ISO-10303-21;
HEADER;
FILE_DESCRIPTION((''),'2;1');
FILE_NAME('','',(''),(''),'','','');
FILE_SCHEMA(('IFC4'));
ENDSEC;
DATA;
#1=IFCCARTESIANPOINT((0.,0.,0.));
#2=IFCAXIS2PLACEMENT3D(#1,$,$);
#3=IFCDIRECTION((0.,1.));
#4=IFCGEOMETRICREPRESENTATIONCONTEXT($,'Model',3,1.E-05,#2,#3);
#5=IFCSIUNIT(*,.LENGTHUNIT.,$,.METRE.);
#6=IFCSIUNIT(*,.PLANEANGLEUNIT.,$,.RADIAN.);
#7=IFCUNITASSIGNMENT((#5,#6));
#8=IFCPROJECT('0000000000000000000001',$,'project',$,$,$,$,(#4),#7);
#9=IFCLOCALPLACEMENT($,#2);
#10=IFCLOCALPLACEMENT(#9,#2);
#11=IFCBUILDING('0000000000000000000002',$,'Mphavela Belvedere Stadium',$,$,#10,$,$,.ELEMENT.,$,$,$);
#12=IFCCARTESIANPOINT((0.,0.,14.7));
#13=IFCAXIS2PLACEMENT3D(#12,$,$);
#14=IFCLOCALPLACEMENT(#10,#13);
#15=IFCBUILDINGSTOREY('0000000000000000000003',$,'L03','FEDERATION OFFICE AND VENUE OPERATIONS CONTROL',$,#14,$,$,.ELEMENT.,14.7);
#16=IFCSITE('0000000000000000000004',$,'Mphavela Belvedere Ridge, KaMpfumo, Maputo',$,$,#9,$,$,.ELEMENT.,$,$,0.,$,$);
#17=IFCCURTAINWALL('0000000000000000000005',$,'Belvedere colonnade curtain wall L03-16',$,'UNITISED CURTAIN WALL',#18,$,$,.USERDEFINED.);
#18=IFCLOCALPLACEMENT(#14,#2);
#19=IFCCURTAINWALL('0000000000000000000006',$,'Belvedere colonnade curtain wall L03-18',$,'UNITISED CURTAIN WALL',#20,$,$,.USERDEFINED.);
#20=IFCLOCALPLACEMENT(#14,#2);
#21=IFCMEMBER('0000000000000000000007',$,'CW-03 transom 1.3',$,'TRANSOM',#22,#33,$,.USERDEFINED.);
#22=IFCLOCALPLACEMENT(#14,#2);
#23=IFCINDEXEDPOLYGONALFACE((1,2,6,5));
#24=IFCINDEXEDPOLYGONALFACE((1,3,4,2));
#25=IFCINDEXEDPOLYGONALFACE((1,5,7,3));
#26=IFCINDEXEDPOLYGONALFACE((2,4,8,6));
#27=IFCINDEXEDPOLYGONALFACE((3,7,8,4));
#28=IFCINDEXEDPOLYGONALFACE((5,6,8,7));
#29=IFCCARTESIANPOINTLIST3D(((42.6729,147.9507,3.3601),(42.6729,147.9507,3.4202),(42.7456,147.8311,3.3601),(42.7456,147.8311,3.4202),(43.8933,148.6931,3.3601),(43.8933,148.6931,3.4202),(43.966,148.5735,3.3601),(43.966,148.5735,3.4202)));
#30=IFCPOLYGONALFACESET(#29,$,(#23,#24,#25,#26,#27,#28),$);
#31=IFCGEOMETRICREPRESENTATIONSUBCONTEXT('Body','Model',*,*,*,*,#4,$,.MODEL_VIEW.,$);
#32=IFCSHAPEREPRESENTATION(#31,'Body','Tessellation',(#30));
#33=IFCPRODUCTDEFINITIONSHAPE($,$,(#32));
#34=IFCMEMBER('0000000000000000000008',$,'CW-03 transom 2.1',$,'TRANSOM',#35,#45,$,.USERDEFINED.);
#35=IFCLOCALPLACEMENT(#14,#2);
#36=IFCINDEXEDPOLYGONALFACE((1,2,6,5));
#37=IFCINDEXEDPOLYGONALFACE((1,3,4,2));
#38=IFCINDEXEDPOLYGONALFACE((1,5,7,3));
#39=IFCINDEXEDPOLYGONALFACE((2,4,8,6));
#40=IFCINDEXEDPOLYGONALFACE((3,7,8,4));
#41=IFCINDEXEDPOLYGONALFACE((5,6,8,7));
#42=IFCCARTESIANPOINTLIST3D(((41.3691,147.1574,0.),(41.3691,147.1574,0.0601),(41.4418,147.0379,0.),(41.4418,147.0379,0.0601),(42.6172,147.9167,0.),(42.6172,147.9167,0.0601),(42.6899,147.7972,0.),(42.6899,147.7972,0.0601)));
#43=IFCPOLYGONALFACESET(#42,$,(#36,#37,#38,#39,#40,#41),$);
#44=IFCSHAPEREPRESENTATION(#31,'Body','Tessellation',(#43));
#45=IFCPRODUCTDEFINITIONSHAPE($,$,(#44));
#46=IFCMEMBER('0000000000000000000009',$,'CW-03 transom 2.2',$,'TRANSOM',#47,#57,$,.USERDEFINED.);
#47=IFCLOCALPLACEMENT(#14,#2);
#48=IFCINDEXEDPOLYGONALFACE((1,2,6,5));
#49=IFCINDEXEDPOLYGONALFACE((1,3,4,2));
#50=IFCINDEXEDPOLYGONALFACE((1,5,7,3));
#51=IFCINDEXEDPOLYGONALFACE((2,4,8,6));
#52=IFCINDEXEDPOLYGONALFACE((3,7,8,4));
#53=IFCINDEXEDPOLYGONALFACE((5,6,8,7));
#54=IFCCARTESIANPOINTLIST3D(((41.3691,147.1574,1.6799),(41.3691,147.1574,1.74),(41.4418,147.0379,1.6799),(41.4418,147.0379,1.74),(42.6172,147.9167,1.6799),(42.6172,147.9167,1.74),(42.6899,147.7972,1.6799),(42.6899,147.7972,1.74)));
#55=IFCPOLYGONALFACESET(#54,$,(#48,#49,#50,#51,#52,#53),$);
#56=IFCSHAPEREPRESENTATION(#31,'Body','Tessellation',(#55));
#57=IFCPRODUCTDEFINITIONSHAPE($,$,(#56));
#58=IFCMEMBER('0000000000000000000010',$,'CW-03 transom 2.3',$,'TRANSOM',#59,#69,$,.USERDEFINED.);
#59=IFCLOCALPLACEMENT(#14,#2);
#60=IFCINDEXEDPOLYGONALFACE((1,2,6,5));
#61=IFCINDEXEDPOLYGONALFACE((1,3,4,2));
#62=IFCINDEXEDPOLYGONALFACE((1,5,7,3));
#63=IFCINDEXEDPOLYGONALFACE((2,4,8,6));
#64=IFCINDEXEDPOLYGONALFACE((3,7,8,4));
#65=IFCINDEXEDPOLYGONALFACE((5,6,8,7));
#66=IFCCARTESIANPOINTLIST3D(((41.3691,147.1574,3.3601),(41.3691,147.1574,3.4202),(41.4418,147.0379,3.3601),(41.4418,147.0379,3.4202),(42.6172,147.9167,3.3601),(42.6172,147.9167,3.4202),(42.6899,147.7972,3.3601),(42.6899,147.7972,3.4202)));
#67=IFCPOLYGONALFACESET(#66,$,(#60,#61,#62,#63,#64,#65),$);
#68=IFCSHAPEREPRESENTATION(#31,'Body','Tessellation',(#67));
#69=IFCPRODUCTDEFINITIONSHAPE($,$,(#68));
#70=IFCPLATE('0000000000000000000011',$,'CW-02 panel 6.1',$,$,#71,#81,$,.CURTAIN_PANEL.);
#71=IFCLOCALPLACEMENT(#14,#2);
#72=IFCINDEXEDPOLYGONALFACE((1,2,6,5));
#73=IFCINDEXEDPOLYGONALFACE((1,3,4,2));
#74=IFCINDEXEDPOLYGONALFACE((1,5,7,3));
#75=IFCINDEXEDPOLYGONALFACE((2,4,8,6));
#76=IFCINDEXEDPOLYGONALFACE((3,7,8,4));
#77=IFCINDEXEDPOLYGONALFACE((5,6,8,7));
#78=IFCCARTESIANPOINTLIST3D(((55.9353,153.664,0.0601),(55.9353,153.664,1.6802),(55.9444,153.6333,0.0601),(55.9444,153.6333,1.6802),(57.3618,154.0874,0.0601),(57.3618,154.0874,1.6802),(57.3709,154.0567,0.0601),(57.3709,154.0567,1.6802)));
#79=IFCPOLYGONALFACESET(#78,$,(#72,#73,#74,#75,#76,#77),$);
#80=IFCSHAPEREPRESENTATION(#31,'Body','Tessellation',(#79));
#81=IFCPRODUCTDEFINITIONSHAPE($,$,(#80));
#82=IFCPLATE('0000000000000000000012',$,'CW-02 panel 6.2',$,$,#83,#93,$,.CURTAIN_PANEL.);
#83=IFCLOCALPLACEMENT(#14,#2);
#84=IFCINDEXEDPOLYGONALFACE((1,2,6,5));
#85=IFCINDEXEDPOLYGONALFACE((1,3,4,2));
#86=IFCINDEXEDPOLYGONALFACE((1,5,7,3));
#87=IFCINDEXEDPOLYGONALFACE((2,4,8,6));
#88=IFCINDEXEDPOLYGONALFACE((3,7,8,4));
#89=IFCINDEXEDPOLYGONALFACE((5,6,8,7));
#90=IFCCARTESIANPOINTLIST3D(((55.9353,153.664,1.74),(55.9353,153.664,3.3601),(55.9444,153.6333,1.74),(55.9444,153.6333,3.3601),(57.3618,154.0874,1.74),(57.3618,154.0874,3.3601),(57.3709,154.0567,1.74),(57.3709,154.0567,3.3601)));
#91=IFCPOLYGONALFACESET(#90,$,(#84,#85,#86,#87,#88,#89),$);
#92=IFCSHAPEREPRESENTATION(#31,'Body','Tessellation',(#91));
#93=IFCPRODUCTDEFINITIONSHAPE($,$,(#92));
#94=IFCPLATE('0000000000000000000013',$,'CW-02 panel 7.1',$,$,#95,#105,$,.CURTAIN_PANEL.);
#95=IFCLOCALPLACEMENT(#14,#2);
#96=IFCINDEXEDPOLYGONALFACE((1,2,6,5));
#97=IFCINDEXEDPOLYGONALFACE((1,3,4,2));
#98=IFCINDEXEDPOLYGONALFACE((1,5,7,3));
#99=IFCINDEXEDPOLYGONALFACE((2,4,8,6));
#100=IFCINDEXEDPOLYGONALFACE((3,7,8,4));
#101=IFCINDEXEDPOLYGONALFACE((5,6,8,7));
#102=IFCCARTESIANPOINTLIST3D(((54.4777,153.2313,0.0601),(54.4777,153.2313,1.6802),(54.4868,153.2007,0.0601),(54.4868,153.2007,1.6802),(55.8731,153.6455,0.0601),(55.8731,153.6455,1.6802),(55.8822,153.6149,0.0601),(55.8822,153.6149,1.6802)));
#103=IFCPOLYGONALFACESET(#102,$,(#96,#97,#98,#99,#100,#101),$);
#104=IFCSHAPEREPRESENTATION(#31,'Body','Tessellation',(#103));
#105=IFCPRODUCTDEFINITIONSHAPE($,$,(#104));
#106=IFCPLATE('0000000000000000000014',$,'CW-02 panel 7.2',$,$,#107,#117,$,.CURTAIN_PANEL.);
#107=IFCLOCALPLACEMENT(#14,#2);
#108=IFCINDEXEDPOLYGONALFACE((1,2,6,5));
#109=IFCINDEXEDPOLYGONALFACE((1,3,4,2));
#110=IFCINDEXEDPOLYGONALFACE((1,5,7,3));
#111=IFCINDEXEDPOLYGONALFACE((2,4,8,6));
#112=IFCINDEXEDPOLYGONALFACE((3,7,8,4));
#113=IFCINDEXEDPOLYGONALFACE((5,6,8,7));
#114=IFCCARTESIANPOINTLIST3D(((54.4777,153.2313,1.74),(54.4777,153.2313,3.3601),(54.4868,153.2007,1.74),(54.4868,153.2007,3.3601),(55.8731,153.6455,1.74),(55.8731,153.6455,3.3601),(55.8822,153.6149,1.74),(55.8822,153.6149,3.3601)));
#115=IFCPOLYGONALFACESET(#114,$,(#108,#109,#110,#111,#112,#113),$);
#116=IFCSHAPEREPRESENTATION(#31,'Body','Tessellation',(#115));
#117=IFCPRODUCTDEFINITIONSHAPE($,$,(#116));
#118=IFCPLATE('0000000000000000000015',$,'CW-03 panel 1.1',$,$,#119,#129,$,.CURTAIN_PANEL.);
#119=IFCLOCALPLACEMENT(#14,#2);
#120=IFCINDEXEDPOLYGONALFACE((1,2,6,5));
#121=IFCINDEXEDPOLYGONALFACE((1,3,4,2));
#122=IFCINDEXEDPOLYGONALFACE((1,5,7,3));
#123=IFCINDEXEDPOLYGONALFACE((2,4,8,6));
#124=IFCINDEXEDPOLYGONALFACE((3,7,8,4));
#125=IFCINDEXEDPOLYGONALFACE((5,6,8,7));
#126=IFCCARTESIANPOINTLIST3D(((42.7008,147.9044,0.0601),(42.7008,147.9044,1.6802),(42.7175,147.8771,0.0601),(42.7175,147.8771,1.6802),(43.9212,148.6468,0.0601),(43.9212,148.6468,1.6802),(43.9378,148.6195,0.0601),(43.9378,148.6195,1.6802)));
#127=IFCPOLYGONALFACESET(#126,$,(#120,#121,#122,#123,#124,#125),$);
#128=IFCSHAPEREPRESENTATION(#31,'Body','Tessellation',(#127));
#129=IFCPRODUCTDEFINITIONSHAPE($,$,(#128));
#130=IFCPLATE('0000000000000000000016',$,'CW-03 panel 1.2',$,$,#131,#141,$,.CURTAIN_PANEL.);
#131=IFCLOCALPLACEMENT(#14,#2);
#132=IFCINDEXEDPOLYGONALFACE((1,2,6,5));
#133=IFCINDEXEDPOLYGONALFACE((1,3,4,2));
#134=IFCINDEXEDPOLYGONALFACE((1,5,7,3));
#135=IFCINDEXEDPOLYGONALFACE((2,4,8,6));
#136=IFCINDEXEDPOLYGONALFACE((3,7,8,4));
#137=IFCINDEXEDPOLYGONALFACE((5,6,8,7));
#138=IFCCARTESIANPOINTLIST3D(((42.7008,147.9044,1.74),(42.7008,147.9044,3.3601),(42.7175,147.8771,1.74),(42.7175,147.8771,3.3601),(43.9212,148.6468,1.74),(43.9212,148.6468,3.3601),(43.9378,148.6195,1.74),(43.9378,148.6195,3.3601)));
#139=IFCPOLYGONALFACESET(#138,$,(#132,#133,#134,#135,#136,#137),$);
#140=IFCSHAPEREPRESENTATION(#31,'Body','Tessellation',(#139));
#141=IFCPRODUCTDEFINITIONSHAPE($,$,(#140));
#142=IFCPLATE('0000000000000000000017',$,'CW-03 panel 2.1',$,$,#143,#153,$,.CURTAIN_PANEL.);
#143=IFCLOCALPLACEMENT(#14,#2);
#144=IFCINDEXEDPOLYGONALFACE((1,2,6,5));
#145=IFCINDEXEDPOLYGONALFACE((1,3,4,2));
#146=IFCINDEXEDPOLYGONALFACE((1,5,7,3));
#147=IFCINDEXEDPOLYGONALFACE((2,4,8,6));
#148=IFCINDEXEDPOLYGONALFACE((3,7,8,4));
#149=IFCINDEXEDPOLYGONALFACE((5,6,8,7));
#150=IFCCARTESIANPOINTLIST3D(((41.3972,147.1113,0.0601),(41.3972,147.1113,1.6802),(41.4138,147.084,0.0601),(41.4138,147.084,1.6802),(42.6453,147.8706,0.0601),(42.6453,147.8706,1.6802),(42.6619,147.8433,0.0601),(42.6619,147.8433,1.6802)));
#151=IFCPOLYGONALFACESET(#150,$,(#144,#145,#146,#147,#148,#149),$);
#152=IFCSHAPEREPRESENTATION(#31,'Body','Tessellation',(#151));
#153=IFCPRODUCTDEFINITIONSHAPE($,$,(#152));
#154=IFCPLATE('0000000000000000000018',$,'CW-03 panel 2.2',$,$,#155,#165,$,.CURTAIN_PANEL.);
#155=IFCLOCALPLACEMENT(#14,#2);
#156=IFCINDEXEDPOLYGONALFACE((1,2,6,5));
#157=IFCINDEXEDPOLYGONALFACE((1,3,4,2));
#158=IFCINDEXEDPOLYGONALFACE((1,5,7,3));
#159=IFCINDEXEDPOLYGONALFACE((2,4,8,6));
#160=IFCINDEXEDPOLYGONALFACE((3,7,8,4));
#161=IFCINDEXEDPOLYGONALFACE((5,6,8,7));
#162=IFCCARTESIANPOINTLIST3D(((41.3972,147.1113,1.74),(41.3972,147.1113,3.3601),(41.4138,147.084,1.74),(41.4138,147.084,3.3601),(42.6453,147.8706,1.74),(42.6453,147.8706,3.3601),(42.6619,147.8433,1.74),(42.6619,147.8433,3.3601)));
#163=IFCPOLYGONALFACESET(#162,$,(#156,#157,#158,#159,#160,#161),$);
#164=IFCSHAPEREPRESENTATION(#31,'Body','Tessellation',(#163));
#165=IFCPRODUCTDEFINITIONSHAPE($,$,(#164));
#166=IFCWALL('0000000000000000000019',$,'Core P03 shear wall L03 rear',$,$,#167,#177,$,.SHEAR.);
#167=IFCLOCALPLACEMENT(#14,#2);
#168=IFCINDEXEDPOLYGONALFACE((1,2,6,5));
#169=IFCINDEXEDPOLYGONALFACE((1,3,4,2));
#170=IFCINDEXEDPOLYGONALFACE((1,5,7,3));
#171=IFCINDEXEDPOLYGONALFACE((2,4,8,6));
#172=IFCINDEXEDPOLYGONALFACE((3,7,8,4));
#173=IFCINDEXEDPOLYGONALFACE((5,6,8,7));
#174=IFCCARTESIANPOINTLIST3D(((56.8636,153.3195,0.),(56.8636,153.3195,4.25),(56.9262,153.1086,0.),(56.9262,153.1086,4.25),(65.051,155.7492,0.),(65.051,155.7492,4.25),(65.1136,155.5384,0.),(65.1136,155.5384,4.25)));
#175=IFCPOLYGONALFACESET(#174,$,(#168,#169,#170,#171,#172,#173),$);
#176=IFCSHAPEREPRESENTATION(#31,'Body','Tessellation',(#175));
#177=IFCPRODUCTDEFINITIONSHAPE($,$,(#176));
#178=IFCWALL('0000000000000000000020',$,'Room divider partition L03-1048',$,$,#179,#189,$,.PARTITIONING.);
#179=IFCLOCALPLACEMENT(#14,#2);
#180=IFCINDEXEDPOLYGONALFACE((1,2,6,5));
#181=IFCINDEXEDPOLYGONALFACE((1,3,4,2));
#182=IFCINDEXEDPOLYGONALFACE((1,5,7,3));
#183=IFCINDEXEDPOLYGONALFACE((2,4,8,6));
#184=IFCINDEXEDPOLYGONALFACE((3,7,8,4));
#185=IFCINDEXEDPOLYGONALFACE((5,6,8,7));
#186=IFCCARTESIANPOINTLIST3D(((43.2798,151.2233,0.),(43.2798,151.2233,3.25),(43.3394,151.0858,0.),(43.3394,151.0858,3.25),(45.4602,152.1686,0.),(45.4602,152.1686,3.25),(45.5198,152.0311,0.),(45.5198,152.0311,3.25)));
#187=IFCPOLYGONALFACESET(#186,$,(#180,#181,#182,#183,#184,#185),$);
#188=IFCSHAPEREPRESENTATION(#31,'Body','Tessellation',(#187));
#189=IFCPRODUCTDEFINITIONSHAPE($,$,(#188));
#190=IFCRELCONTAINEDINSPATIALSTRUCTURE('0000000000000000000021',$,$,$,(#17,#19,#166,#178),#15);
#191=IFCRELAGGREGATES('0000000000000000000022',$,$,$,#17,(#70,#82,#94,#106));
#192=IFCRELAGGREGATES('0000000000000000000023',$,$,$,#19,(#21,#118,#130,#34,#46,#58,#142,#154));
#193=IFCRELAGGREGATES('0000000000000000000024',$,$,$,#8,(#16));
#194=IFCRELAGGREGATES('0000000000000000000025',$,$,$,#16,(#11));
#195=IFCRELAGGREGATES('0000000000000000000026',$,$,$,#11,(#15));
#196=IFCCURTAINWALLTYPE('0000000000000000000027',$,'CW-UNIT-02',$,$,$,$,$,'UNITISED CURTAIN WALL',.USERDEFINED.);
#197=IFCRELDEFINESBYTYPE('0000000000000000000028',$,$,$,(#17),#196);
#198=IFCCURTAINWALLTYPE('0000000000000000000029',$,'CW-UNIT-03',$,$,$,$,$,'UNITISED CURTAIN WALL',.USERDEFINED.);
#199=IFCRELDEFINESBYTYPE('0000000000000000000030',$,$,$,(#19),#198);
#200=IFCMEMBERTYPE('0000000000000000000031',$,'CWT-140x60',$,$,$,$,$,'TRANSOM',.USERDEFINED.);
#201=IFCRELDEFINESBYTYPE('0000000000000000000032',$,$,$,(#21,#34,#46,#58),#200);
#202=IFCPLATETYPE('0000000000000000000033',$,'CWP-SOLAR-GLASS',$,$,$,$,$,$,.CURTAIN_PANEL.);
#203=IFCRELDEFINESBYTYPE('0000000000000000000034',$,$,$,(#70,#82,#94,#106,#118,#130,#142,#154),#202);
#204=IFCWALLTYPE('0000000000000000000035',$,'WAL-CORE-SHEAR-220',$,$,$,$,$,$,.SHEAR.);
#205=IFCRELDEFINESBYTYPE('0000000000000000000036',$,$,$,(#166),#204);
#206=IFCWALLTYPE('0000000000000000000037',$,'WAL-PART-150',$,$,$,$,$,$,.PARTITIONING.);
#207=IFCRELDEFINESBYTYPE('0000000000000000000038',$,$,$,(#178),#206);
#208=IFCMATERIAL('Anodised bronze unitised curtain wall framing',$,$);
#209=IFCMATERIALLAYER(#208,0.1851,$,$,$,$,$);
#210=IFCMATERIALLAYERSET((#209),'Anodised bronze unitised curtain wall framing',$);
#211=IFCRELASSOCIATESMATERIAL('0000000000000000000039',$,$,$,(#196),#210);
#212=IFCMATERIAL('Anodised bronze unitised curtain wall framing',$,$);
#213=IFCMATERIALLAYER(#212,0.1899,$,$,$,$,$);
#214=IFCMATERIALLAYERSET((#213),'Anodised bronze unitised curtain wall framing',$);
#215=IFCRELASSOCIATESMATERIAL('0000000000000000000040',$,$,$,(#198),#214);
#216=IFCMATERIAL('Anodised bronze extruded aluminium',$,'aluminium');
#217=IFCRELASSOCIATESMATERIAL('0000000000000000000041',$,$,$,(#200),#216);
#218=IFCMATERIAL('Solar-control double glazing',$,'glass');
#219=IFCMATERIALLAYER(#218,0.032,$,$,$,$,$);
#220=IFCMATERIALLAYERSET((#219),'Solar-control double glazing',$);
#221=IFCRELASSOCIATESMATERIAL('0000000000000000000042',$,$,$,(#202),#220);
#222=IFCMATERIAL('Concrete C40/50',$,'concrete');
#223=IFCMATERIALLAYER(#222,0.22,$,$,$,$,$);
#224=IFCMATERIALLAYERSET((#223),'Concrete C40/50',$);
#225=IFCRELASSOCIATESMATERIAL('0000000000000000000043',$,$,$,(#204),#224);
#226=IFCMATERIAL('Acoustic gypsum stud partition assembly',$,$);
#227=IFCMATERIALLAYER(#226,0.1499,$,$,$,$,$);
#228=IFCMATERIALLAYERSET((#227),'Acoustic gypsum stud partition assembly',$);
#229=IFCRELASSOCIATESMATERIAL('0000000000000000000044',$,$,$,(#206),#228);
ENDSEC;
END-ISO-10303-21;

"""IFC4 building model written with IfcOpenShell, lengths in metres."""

from ifc_helpers import new_model, si_unit, direction, frame, frame_2d, origin, origin_2d, place, context, subcontext, project, spatial, rectangle, extrude, material, layer, layer_set, material_profile, profile_set, type_object, element, aggregate, save


model = new_model("IFC4")

# Units and contexts
model_context = context("Model", 3, precision=1e-05, world=origin(), true_north=direction((0.0, 1.0)))
body_context = subcontext(model_context, "Body", "Model", "MODEL_VIEW")
ifc_project = project(units=[si_unit("LENGTHUNIT", "METRE"), si_unit("PLANEANGLEUNIT", "RADIAN")], contexts=[model_context])

# Site, building, storey
site_placement = place(None, origin())
site = spatial("IfcSite", under=ifc_project, at=site_placement, Name="Mphavela Belvedere Ridge, KaMpfumo, Maputo", CompositionType="ELEMENT", RefElevation=0.0)
building_placement = place(site_placement, origin())
building = spatial("IfcBuilding", under=site, at=building_placement, Name="Mphavela Belvedere Stadium", CompositionType="ELEMENT")
storey_placement = place(building_placement, frame((0.0, 0.0, 14.7)))
storey = spatial("IfcBuildingStorey", under=building, at=storey_placement, Name="L03", Description="FEDERATION OFFICE AND VENUE OPERATIONS CONTROL", CompositionType="ELEMENT", Elevation=14.7)

# Curtain walls
ifc_material_1 = material(Name="Anodised bronze unitised curtain wall framing")
ifc_layer_1 = layer(ifc_material_1, 0.1851)
ifc_layer_set_1 = layer_set([ifc_layer_1], Name="Anodised bronze unitised curtain wall framing")
curtain_wall_type_1 = type_object("IfcCurtainWallType", Name="CW-UNIT-02", ElementType="UNITISED CURTAIN WALL", PredefinedType="USERDEFINED", material=ifc_layer_set_1)
curtain_wall_1_placement = place(storey_placement, origin())
curtain_wall_1 = element("IfcCurtainWall", 1, at=curtain_wall_1_placement, inside=storey, type_object=curtain_wall_type_1, Name="Belvedere colonnade curtain wall L03-16", ObjectType="UNITISED CURTAIN WALL", PredefinedType="USERDEFINED")
ifc_material_2 = material(Name="Anodised bronze unitised curtain wall framing")
ifc_layer_2 = layer(ifc_material_2, 0.1899)
ifc_layer_set_2 = layer_set([ifc_layer_2], Name="Anodised bronze unitised curtain wall framing")
curtain_wall_type_2 = type_object("IfcCurtainWallType", Name="CW-UNIT-03", ElementType="UNITISED CURTAIN WALL", PredefinedType="USERDEFINED", material=ifc_layer_set_2)
curtain_wall_2_placement = place(storey_placement, origin())
curtain_wall_2 = element("IfcCurtainWall", 2, at=curtain_wall_2_placement, inside=storey, type_object=curtain_wall_type_2, Name="Belvedere colonnade curtain wall L03-18", ObjectType="UNITISED CURTAIN WALL", PredefinedType="USERDEFINED")

# Members
ifc_material_3 = material(Name="Anodised bronze extruded aluminium", Category="aluminium")
ifc_material_profile_1 = material_profile(ifc_material_3, rectangle(XDim=0.1399, YDim=0.0601, at=origin_2d()), Name="CW-TRN 140x60")
ifc_profile_set_1 = profile_set([ifc_material_profile_1], Name="Anodised bronze extruded aluminium")
member_type_1 = type_object("IfcMemberType", Name="CWT-140x60", ElementType="TRANSOM", PredefinedType="USERDEFINED", material=ifc_profile_set_1)
member_1_placement = place(storey_placement, frame((43.9297, 148.6333, 3.3901), z_axis=(-0.85434, -0.519714, 0.0), x_axis=(0.519714, -0.85434, 0.0)))
member_1 = element("IfcMember", 3, at=member_1_placement, type_object=member_type_1, Name="CW-03 transom 1.3", ObjectType="TRANSOM", PredefinedType="USERDEFINED", context=body_context, shape_type="SweptSolid", body=[
    extrude(rectangle(XDim=0.1399, YDim=0.0601, at=origin_2d()), origin(), (0.0, 0.0, 1.0), 1.4285),
])
member_2_placement = place(storey_placement, frame((42.6536, 147.8569, 0.03), z_axis=(-0.854321, -0.519745, 0.0), x_axis=(0.519745, -0.854321, 0.0)))
member_2 = element("IfcMember", 4, at=member_2_placement, type_object=member_type_1, Name="CW-03 transom 2.1", ObjectType="TRANSOM", PredefinedType="USERDEFINED", context=body_context, shape_type="SweptSolid", body=[
    extrude(rectangle(XDim=0.1399, YDim=0.0601, at=origin_2d()), origin(), (0.0, 0.0, 1.0), 1.4609),
])
member_3_placement = place(storey_placement, frame((42.6536, 147.8569, 1.71), z_axis=(-0.854321, -0.519745, 0.0), x_axis=(0.519745, -0.854321, 0.0)))
member_3 = element("IfcMember", 5, at=member_3_placement, type_object=member_type_1, Name="CW-03 transom 2.2", ObjectType="TRANSOM", PredefinedType="USERDEFINED", context=body_context, shape_type="SweptSolid", body=[
    extrude(rectangle(XDim=0.1399, YDim=0.0601, at=origin_2d()), origin(), (0.0, 0.0, 1.0), 1.4609),
])
member_4_placement = place(storey_placement, frame((42.6536, 147.8569, 3.3901), z_axis=(-0.854321, -0.519745, 0.0), x_axis=(0.519745, -0.854321, 0.0)))
member_4 = element("IfcMember", 6, at=member_4_placement, type_object=member_type_1, Name="CW-03 transom 2.3", ObjectType="TRANSOM", PredefinedType="USERDEFINED", context=body_context, shape_type="SweptSolid", body=[
    extrude(rectangle(XDim=0.1399, YDim=0.0601, at=origin_2d()), origin(), (0.0, 0.0, 1.0), 1.4609),
])

# Plates
ifc_material_4 = material(Name="Solar-control double glazing", Category="glass")
ifc_layer_3 = layer(ifc_material_4, 0.032)
ifc_layer_set_3 = layer_set([ifc_layer_3], Name="Solar-control double glazing")
plate_type = type_object("IfcPlateType", Name="CWP-SOLAR-GLASS", PredefinedType="CURTAIN_PANEL", material=ifc_layer_set_3)
plate_1_placement = place(storey_placement, frame((56.6531, 153.8604, 0.0601), z_axis=(0.0, 0.0, 1.0), x_axis=(-0.958657, -0.284565, 0.0)))
plate_1 = element("IfcPlate", 7, at=plate_1_placement, type_object=plate_type, Name="CW-02 panel 6.1", PredefinedType="CURTAIN_PANEL", context=body_context, shape_type="SweptSolid", body=[
    extrude(rectangle(XDim=1.488, YDim=0.032, at=origin_2d()), origin(), (0.0, 0.0, 1.0), 1.6201),
])
plate_2_placement = place(storey_placement, frame((56.6531, 153.8604, 1.74), z_axis=(0.0, 0.0, 1.0), x_axis=(-0.958657, -0.284565, 0.0)))
plate_2 = element("IfcPlate", 8, at=plate_2_placement, type_object=plate_type, Name="CW-02 panel 6.2", PredefinedType="CURTAIN_PANEL", context=body_context, shape_type="SweptSolid", body=[
    extrude(rectangle(XDim=1.488, YDim=0.032, at=origin_2d()), origin(), (0.0, 0.0, 1.0), 1.6201),
])
plate_3_placement = place(storey_placement, frame((55.1799, 153.4231, 0.0601), z_axis=(0.0, 0.0, 1.0), x_axis=(-0.958657, -0.284565, 0.0)))
plate_3 = element("IfcPlate", 9, at=plate_3_placement, type_object=plate_type, Name="CW-02 panel 7.1", PredefinedType="CURTAIN_PANEL", context=body_context, shape_type="SweptSolid", body=[
    extrude(rectangle(XDim=1.4556, YDim=0.032, at=origin_2d()), origin(), (0.0, 0.0, 1.0), 1.6201),
])
plate_4_placement = place(storey_placement, frame((55.1799, 153.4231, 1.74), z_axis=(0.0, 0.0, 1.0), x_axis=(-0.958657, -0.284565, 0.0)))
plate_4 = element("IfcPlate", 10, at=plate_4_placement, type_object=plate_type, Name="CW-02 panel 7.2", PredefinedType="CURTAIN_PANEL", context=body_context, shape_type="SweptSolid", body=[
    extrude(rectangle(XDim=1.4556, YDim=0.032, at=origin_2d()), origin(), (0.0, 0.0, 1.0), 1.6201),
])
aggregate(curtain_wall_1, [plate_1, plate_2, plate_3, plate_4])
plate_5_placement = place(storey_placement, frame((43.3193, 148.262, 0.0601), z_axis=(0.0, 0.0, 1.0), x_axis=(-0.854325, -0.519738, 0.0)))
plate_5 = element("IfcPlate", 11, at=plate_5_placement, type_object=plate_type, Name="CW-03 panel 1.1", PredefinedType="CURTAIN_PANEL", context=body_context, shape_type="SweptSolid", body=[
    extrude(rectangle(XDim=1.4285, YDim=0.032, at=origin_2d()), origin(), (0.0, 0.0, 1.0), 1.6201),
])
plate_6_placement = place(storey_placement, frame((43.3193, 148.262, 1.74), z_axis=(0.0, 0.0, 1.0), x_axis=(-0.854325, -0.519738, 0.0)))
plate_6 = element("IfcPlate", 12, at=plate_6_placement, type_object=plate_type, Name="CW-03 panel 1.2", PredefinedType="CURTAIN_PANEL", context=body_context, shape_type="SweptSolid", body=[
    extrude(rectangle(XDim=1.4285, YDim=0.032, at=origin_2d()), origin(), (0.0, 0.0, 1.0), 1.6201),
])
plate_7_placement = place(storey_placement, frame((42.0295, 147.4773, 0.0601), z_axis=(0.0, 0.0, 1.0), x_axis=(-0.854325, -0.519738, 0.0)))
plate_7 = element("IfcPlate", 13, at=plate_7_placement, type_object=plate_type, Name="CW-03 panel 2.1", PredefinedType="CURTAIN_PANEL", context=body_context, shape_type="SweptSolid", body=[
    extrude(rectangle(XDim=1.4609, YDim=0.032, at=origin_2d()), origin(), (0.0, 0.0, 1.0), 1.6201),
])
plate_8_placement = place(storey_placement, frame((42.0295, 147.4773, 1.74), z_axis=(0.0, 0.0, 1.0), x_axis=(-0.854325, -0.519738, 0.0)))
plate_8 = element("IfcPlate", 14, at=plate_8_placement, type_object=plate_type, Name="CW-03 panel 2.2", PredefinedType="CURTAIN_PANEL", context=body_context, shape_type="SweptSolid", body=[
    extrude(rectangle(XDim=1.4609, YDim=0.032, at=origin_2d()), origin(), (0.0, 0.0, 1.0), 1.6201),
])
aggregate(curtain_wall_2, [member_1, plate_5, plate_6, member_2, member_3, member_4, plate_7, plate_8])

# Wall
ifc_material_5 = material(Name="Concrete C40/50", Category="concrete")
ifc_layer_4 = layer(ifc_material_5, 0.22)
ifc_layer_set_4 = layer_set([ifc_layer_4], Name="Concrete C40/50")
wall_type_1 = type_object("IfcWallType", Name="WAL-CORE-SHEAR-220", PredefinedType="SHEAR", material=ifc_layer_set_4)
wall_1_placement = place(storey_placement, frame((56.895, 153.2141, 0.0), z_axis=(0.0, 0.0, 1.0), x_axis=(0.958676, 0.284501, 0.0)))
element("IfcWall", 15, at=wall_1_placement, inside=storey, type_object=wall_type_1, Name="Core P03 shear wall L03 rear", PredefinedType="SHEAR", context=body_context, shape_type="SweptSolid", body=[
    extrude(rectangle(XDim=8.5403, YDim=0.22, at=frame_2d((4.27, 0.0))), origin(), (0.0, 0.0, 1.0), 4.25),
])

# Wall
ifc_material_6 = material(Name="Acoustic gypsum stud partition assembly")
ifc_layer_5 = layer(ifc_material_6, 0.1499)
ifc_layer_set_5 = layer_set([ifc_layer_5], Name="Acoustic gypsum stud partition assembly")
wall_type_2 = type_object("IfcWallType", Name="WAL-PART-150", PredefinedType="PARTITIONING", material=ifc_layer_set_5)
wall_2_placement = place(storey_placement, frame((45.49, 152.0999, 0.0), z_axis=(0.0, 0.0, 1.0), x_axis=(-0.917484, -0.397772, 0.0)))
element("IfcWall", 16, at=wall_2_placement, inside=storey, type_object=wall_type_2, Name="Room divider partition L03-1048", PredefinedType="PARTITIONING", context=body_context, shape_type="SweptSolid", body=[
    extrude(rectangle(XDim=2.3765, YDim=0.1499, at=frame_2d((1.1882, 0.0))), origin(), (0.0, 0.0, 1.0), 3.25),
])

save(model, "model.ifc")
